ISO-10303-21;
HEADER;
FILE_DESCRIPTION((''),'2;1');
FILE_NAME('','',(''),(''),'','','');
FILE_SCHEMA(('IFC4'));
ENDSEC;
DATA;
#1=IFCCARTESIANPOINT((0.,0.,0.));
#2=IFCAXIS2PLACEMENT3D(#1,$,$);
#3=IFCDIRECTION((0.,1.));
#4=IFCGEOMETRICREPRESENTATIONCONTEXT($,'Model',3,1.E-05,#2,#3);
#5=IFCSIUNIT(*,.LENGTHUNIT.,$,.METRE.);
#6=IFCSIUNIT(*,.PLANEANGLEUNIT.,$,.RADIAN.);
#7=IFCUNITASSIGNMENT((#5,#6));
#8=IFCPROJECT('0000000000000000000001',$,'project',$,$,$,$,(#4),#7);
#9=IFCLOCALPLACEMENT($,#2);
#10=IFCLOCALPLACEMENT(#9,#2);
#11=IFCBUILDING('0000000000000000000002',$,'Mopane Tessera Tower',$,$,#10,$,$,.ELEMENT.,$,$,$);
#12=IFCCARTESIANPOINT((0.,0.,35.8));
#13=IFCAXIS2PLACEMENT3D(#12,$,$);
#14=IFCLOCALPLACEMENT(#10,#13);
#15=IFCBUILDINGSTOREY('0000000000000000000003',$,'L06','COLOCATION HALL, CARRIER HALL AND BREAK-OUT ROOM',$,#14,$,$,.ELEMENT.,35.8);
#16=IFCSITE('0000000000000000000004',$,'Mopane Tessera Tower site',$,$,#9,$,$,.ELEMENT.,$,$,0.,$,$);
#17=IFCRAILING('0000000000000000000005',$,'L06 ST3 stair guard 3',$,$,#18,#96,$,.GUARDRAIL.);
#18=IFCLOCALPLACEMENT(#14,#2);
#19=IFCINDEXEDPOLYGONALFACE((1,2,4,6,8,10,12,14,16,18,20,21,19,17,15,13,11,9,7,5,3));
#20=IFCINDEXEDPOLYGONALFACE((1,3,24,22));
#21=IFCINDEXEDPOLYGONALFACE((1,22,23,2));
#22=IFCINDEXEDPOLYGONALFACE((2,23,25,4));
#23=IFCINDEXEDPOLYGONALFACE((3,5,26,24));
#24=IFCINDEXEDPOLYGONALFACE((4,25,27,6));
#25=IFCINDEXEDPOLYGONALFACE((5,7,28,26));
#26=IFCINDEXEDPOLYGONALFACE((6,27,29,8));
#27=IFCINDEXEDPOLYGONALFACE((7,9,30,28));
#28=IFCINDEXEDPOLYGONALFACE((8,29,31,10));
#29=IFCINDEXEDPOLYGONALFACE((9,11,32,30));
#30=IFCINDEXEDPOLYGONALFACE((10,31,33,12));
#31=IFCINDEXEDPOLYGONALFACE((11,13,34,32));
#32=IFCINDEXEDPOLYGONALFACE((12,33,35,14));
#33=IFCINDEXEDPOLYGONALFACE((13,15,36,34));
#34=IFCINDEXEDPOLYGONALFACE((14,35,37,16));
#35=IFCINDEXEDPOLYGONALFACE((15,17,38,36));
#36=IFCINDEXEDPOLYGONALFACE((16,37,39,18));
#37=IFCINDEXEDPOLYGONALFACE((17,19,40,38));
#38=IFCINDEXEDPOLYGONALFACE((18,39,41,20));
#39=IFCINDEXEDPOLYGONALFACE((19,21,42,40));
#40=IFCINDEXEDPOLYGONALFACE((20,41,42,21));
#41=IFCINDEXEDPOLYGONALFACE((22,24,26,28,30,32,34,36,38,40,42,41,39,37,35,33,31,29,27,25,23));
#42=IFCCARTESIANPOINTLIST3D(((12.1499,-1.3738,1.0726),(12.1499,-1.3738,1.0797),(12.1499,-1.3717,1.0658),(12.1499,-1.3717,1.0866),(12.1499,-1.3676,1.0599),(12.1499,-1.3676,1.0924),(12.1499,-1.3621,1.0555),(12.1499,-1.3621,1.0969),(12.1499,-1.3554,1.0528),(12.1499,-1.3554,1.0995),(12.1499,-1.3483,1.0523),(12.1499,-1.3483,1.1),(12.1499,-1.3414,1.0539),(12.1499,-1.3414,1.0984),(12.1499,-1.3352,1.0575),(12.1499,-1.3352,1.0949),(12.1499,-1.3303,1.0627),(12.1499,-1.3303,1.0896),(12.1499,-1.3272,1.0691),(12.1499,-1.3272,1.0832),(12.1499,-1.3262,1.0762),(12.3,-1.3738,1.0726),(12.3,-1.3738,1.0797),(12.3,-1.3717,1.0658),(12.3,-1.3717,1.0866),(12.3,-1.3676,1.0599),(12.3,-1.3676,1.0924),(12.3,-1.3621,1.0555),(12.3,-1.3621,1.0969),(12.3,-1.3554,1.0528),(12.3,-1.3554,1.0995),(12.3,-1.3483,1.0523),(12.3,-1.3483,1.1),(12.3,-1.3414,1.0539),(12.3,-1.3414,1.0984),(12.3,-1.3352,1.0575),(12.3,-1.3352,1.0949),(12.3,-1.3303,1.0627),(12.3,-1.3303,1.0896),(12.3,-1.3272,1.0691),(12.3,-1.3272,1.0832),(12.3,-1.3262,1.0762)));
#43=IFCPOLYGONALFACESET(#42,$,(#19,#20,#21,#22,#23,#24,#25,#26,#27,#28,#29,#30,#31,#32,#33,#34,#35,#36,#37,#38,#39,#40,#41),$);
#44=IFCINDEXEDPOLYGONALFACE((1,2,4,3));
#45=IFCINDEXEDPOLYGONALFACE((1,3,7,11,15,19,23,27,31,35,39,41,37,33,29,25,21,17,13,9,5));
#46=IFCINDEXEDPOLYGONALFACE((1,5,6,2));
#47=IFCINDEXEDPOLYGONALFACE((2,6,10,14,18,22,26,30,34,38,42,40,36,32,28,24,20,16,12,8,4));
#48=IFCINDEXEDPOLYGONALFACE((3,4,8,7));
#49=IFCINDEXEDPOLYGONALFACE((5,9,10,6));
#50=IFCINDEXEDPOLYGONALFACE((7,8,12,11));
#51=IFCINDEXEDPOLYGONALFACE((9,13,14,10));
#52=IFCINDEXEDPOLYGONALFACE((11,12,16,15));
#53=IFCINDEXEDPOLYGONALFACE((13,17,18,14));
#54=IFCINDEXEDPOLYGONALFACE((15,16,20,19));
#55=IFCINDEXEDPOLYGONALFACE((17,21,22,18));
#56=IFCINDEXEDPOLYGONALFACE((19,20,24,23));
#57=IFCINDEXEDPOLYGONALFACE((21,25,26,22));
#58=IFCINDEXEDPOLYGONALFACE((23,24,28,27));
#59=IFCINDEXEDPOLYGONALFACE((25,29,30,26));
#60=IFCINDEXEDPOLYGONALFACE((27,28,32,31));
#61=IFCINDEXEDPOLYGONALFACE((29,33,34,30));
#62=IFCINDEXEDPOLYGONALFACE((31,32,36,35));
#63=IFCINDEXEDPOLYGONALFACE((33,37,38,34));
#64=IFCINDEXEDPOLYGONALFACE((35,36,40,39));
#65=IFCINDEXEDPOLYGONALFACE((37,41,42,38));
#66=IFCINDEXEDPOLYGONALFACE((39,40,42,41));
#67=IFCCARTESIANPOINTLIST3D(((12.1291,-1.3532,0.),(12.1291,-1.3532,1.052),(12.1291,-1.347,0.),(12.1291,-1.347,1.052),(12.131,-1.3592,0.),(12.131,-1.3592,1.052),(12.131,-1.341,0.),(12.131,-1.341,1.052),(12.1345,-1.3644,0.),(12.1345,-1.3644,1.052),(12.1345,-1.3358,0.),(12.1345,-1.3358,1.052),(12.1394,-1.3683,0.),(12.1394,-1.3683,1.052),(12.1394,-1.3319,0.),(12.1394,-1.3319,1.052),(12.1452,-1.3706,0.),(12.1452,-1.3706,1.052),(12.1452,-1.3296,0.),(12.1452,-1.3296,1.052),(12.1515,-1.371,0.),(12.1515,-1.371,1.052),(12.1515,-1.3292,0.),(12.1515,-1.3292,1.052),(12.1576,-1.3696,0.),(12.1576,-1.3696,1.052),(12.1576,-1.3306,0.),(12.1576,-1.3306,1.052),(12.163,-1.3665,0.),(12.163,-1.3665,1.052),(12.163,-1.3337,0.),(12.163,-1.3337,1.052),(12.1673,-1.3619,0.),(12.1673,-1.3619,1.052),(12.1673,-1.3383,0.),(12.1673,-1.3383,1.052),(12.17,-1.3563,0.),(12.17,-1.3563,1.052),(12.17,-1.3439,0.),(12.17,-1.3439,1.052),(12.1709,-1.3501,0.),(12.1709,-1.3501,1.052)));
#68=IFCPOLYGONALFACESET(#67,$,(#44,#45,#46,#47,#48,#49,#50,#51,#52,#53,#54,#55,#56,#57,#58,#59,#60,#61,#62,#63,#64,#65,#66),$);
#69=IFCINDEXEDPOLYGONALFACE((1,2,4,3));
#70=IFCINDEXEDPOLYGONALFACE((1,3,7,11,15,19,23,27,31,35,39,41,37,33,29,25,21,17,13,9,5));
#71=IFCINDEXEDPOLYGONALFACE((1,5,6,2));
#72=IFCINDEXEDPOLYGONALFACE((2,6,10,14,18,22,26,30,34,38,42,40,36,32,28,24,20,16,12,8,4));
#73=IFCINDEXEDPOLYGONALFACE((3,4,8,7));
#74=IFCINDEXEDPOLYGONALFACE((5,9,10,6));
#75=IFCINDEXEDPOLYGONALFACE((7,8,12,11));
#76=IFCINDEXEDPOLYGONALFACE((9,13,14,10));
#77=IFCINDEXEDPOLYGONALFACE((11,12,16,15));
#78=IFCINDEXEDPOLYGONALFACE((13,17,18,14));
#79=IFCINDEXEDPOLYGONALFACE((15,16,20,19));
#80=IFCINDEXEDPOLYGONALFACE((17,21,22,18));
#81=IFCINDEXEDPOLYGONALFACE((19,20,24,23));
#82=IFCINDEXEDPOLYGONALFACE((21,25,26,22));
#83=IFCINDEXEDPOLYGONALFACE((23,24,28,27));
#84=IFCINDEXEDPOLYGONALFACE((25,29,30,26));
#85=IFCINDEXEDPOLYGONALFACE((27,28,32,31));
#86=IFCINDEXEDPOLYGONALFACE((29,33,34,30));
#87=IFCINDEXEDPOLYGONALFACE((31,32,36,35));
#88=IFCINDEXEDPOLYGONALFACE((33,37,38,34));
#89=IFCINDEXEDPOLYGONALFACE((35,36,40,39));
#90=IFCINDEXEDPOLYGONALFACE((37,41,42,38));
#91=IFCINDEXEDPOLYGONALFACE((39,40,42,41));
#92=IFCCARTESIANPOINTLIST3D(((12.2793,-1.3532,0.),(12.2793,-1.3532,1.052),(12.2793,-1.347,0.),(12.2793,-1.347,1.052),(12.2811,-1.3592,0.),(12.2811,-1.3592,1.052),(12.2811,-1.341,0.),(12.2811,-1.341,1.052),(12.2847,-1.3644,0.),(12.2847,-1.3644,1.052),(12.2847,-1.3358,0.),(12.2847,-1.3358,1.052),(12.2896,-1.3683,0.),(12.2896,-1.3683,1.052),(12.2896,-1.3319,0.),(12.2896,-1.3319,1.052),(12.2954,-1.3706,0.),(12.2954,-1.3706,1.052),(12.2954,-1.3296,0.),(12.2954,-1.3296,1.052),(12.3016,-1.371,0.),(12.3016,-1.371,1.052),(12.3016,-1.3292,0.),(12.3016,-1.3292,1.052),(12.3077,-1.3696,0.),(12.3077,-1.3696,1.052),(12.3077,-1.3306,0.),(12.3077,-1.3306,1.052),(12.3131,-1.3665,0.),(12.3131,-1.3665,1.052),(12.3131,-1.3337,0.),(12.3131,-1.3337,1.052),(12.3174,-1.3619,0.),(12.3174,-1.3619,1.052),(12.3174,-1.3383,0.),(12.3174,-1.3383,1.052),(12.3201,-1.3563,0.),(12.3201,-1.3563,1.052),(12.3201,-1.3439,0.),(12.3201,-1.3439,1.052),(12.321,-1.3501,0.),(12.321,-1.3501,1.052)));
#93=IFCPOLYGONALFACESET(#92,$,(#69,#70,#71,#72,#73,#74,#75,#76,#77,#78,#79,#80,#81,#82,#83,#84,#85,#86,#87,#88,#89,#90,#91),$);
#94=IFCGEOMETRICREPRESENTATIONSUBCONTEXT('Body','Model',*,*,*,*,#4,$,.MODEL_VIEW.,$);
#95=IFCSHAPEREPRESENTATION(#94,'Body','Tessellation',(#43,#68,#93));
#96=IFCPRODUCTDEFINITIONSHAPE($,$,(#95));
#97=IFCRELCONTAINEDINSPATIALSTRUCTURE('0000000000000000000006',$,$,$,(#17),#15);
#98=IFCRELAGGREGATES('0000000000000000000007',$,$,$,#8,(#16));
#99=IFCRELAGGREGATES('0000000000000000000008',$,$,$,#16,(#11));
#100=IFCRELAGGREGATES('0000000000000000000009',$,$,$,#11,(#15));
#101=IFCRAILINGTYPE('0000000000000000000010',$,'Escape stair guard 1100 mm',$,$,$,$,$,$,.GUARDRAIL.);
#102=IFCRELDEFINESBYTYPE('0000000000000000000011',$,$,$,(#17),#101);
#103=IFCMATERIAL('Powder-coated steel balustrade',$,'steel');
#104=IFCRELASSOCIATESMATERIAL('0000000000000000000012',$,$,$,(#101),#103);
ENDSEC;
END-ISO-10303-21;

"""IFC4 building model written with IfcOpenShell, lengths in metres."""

from ifc_helpers import new_model, si_unit, direction, frame, origin, origin_2d, place, context, subcontext, project, spatial, circle, extrude, material, type_object, element, save


model = new_model("IFC4")

# Units and contexts
model_context = context("Model", 3, precision=1e-05, world=origin(), true_north=direction((0.0, 1.0)))
body_context = subcontext(model_context, "Body", "Model", "MODEL_VIEW")
ifc_project = project(units=[si_unit("LENGTHUNIT", "METRE"), si_unit("PLANEANGLEUNIT", "RADIAN")], contexts=[model_context])

# Site, building, storey
site_placement = place(None, origin())
site = spatial("IfcSite", under=ifc_project, at=site_placement, Name="Mopane Tessera Tower site", CompositionType="ELEMENT", RefElevation=0.0)
building_placement = place(site_placement, origin())
building = spatial("IfcBuilding", under=site, at=building_placement, Name="Mopane Tessera Tower", CompositionType="ELEMENT")
storey_placement = place(building_placement, frame((0.0, 0.0, 35.8)))
storey = spatial("IfcBuildingStorey", under=building, at=storey_placement, Name="L06", Description="COLOCATION HALL, CARRIER HALL AND BREAK-OUT ROOM", CompositionType="ELEMENT", Elevation=35.8)

# Railing
ifc_material_1 = material(Name="Powder-coated steel balustrade", Category="steel")
railing_type_1 = type_object("IfcRailingType", Name="Escape stair guard 1100 mm", PredefinedType="GUARDRAIL", material=ifc_material_1)
railing_1_placement = place(storey_placement, frame((12.1499, -1.3501, 0.0)))
element("IfcRailing", 1, at=railing_1_placement, inside=storey, type_object=railing_type_1, Name="L06 ST3 stair guard 3", PredefinedType="GUARDRAIL", context=body_context, shape_type="SweptSolid", body=[
    extrude(circle(Radius=0.0239, at=origin_2d()), frame((0.0, 0.0, 1.0762), z_axis=(1.0, 0.0, 0.0), x_axis=(0.0, 1.0, 0.0)), (0.0, 0.0, 1.0), 0.1501),
    extrude(circle(Radius=0.021, at=origin_2d()), origin(), (0.0, 0.0, 1.0), 1.052),
    extrude(circle(Radius=0.021, at=origin_2d()), frame((0.1501, 0.0, 0.0)), (0.0, 0.0, 1.0), 1.052),
])

save(model, "model.ifc")
